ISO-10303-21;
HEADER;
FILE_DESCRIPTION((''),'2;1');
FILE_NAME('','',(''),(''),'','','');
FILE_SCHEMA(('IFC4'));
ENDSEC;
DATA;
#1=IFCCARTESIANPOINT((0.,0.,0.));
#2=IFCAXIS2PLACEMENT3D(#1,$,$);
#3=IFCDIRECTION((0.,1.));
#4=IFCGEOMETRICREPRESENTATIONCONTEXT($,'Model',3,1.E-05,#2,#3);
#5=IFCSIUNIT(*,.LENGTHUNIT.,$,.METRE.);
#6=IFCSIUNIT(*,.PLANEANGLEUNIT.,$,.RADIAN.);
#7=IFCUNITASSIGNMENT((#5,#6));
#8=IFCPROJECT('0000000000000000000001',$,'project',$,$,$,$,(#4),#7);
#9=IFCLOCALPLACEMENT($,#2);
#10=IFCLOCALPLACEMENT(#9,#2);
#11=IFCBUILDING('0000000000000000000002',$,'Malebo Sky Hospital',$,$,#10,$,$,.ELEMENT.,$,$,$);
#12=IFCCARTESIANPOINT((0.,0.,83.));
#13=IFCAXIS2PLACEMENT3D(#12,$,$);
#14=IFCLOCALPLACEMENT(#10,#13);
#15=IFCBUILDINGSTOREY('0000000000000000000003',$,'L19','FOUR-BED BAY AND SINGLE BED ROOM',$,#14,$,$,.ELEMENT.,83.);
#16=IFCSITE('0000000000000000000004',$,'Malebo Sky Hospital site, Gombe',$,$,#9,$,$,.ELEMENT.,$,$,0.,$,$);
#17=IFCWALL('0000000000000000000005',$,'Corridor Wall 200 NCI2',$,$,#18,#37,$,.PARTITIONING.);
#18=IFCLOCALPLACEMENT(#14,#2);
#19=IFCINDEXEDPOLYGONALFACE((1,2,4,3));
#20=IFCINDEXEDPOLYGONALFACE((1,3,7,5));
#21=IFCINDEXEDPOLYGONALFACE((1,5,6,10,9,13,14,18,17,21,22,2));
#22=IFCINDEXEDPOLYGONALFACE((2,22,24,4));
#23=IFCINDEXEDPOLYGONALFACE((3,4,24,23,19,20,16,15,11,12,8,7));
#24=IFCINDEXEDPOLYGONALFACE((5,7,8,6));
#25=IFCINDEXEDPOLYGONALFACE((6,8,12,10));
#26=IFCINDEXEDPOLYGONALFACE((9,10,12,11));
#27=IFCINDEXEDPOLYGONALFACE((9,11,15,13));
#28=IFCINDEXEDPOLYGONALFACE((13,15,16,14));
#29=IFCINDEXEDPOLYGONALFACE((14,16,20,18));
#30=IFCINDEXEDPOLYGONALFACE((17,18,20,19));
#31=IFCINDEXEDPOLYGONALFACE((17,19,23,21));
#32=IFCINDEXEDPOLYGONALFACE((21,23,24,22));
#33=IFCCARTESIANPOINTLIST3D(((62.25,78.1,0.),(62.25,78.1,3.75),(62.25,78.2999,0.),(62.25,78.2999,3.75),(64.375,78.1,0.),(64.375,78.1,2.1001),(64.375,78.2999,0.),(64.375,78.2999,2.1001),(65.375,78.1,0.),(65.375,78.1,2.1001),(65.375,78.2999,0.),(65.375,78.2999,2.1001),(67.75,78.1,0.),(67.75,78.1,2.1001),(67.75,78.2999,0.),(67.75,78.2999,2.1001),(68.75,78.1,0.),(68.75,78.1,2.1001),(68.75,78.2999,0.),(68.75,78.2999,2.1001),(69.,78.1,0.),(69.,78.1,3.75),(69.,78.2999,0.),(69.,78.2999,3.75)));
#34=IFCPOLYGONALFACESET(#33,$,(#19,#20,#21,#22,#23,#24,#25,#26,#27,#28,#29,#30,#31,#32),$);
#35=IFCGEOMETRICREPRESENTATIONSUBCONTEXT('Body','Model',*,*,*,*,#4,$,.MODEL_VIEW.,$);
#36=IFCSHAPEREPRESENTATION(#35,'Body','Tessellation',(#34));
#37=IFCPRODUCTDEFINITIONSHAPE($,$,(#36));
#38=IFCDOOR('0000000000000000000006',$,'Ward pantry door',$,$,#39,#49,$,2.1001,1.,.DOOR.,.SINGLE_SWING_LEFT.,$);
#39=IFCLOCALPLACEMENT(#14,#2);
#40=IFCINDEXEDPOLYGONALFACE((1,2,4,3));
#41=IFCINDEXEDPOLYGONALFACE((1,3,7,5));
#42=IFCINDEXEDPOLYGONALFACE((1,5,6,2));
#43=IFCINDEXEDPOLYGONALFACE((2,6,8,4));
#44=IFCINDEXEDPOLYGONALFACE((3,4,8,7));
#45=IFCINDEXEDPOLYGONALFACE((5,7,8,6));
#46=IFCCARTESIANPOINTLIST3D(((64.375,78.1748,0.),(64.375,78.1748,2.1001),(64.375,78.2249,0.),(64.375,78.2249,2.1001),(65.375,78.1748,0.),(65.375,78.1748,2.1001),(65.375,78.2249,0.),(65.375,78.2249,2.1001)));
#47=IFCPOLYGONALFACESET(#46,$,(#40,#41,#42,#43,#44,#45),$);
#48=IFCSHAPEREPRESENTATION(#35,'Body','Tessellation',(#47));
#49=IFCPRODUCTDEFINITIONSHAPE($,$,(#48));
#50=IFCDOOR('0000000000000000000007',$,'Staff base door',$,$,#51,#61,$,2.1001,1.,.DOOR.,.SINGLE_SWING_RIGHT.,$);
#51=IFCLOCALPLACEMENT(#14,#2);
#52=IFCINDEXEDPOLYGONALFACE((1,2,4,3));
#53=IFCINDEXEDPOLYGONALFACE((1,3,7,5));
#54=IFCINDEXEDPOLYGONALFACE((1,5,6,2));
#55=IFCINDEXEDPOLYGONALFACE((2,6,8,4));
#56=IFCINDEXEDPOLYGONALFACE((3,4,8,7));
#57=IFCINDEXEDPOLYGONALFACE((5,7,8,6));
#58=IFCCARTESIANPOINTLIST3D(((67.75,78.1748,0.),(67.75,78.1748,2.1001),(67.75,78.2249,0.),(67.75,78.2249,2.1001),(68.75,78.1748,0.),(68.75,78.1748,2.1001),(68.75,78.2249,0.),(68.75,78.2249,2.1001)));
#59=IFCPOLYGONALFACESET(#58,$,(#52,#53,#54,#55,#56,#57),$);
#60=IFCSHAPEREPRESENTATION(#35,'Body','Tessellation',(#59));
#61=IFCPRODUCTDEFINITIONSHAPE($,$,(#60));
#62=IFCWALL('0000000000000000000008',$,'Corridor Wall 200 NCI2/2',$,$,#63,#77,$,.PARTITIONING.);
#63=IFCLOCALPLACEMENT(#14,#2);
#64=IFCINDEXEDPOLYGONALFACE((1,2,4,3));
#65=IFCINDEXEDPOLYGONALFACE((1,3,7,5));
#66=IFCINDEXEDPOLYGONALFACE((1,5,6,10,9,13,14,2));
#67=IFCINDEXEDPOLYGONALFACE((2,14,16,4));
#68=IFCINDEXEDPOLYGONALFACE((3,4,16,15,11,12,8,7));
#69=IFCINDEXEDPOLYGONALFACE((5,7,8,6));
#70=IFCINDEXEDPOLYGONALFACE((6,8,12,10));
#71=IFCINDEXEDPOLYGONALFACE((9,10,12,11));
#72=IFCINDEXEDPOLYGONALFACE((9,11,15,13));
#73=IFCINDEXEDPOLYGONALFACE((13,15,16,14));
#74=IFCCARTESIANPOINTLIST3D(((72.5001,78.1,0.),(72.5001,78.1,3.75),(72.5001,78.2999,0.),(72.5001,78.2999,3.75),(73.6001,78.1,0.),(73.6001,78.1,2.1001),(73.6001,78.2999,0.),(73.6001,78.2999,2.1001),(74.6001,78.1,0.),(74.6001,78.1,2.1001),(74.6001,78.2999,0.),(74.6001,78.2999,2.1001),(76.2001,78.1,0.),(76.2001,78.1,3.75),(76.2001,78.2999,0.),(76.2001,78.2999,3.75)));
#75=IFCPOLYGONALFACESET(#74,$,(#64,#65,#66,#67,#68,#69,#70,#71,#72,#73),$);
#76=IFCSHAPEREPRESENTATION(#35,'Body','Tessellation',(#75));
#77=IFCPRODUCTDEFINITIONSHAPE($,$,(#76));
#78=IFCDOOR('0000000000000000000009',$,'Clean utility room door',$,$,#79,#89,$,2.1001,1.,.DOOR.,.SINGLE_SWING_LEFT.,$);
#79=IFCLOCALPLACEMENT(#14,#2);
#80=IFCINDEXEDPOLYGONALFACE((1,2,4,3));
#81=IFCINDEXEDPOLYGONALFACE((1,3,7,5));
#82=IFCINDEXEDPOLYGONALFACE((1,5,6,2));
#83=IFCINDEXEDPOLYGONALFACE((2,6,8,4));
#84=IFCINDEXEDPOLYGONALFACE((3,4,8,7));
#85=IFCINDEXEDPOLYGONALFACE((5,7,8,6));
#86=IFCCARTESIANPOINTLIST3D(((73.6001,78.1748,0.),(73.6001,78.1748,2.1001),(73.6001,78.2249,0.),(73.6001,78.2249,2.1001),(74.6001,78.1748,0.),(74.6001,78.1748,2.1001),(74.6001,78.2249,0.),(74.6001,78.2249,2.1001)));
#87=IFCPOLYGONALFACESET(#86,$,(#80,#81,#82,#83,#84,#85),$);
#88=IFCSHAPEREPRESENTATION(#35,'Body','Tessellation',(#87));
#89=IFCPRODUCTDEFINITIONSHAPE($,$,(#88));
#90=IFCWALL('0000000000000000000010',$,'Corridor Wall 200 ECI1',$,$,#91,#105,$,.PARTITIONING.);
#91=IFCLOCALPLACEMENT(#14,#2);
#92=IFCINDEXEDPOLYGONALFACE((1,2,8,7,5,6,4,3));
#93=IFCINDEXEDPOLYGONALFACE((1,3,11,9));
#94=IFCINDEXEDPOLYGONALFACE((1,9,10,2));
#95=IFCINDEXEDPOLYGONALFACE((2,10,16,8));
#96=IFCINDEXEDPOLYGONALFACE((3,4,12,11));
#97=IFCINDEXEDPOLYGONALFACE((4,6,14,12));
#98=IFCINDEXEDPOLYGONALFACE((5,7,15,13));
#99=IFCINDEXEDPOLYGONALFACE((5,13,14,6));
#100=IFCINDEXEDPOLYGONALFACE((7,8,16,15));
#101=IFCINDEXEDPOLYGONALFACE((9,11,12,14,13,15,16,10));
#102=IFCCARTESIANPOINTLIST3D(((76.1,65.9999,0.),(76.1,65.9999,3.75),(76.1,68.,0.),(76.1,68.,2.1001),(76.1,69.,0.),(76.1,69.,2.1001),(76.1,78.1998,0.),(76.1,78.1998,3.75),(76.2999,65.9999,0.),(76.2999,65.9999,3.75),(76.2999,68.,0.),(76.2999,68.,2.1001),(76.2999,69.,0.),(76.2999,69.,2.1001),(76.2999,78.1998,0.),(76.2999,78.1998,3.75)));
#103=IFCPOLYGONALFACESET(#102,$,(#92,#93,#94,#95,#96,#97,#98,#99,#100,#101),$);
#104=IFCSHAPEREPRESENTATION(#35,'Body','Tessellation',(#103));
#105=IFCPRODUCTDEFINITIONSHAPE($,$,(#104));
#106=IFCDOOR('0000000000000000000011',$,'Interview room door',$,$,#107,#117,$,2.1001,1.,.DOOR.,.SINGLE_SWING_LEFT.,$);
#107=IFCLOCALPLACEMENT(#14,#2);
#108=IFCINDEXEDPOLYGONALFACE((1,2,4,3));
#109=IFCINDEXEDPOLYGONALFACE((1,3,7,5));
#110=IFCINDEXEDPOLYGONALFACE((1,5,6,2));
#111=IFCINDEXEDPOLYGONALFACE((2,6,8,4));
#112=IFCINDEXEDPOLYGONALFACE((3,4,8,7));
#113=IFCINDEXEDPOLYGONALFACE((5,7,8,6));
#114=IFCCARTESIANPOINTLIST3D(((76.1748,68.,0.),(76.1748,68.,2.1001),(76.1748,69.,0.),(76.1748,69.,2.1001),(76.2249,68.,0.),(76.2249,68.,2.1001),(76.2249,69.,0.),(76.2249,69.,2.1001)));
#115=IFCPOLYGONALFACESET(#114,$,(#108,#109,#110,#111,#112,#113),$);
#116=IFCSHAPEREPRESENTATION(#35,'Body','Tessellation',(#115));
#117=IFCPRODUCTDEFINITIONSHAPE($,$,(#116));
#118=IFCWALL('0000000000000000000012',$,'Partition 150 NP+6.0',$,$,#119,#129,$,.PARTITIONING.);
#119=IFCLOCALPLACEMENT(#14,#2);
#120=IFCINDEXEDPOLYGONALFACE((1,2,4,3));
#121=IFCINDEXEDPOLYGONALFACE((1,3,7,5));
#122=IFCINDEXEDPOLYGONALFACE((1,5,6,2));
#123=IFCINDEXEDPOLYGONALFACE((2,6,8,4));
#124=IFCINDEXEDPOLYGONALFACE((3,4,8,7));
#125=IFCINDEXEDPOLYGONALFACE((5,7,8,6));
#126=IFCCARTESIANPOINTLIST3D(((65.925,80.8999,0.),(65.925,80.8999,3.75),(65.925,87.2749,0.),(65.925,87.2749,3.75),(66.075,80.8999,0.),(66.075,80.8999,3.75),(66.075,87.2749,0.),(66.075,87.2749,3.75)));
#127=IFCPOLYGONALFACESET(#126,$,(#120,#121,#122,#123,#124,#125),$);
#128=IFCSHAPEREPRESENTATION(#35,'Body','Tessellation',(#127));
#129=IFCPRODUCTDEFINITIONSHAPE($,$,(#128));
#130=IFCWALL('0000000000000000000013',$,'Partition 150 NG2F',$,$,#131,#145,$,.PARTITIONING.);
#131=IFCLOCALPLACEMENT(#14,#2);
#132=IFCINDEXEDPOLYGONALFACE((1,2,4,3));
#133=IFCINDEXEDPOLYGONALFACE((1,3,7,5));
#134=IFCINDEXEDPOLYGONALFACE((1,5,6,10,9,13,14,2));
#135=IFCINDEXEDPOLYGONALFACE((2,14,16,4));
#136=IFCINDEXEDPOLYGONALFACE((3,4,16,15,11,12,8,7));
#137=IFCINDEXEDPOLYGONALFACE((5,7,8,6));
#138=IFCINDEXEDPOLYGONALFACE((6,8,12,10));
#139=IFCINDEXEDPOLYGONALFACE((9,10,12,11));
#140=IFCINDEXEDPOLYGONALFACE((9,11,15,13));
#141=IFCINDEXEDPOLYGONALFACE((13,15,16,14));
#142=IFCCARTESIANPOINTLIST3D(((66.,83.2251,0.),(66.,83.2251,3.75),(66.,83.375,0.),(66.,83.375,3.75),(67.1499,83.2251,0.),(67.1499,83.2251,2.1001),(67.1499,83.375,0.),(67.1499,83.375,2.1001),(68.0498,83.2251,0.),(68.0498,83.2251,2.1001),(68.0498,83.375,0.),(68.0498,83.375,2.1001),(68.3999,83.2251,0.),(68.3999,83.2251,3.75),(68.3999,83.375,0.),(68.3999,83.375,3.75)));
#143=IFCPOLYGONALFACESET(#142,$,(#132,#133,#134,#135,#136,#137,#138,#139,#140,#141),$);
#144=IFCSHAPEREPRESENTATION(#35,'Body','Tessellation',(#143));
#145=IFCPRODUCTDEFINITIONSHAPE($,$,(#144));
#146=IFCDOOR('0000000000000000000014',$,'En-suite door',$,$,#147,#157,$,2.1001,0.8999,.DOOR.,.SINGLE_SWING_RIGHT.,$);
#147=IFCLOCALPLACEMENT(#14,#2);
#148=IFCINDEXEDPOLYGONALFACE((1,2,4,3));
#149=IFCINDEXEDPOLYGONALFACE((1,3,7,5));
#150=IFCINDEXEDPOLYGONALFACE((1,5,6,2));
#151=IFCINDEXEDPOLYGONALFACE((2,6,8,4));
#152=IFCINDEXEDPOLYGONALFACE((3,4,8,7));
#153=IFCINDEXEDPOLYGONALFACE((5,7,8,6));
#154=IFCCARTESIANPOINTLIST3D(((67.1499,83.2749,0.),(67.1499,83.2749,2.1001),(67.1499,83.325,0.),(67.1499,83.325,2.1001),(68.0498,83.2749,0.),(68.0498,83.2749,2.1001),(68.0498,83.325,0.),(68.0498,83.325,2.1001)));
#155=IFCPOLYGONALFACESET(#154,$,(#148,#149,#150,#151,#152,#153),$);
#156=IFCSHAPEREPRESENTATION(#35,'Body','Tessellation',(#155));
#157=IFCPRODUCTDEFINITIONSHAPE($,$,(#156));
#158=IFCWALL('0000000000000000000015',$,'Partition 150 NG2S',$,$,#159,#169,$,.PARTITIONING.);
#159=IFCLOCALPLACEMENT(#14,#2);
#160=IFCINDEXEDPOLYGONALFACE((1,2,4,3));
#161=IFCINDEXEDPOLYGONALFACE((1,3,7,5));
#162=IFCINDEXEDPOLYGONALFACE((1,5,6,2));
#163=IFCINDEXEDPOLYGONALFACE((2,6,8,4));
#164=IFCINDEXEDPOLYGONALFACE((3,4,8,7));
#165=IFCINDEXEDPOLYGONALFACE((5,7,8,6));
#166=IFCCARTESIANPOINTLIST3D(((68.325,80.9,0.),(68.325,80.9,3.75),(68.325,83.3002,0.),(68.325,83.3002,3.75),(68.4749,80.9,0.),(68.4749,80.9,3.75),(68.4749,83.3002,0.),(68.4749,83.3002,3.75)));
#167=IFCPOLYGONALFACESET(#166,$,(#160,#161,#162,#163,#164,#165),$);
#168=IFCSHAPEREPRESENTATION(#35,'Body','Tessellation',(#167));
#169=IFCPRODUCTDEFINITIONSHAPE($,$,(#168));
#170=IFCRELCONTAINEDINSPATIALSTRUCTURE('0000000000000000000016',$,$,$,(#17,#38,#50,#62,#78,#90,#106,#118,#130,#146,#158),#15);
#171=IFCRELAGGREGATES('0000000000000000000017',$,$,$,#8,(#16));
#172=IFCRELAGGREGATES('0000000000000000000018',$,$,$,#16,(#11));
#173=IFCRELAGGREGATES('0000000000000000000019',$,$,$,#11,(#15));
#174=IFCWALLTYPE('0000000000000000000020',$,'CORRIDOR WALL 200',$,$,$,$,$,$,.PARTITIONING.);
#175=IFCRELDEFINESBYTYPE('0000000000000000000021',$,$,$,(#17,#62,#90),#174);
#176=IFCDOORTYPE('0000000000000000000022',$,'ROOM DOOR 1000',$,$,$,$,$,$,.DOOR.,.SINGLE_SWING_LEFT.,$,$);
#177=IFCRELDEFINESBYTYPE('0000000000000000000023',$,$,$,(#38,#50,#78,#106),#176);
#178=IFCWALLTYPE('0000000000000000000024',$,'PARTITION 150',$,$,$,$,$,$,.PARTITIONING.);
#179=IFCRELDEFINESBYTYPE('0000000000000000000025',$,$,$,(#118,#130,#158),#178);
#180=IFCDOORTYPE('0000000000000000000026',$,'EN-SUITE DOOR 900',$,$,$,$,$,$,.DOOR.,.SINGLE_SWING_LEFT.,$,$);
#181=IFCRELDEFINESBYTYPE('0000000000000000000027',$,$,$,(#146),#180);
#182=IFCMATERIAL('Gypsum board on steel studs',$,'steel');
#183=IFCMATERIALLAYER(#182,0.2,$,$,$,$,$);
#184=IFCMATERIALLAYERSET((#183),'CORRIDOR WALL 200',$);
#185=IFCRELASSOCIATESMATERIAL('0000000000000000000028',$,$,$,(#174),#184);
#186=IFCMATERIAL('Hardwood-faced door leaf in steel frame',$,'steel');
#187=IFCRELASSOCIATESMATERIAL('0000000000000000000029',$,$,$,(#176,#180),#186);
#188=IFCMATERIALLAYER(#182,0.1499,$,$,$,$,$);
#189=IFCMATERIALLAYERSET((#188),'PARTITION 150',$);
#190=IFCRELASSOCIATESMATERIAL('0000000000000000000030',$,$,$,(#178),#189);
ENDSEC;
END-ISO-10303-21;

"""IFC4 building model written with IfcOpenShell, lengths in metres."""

from ifc_helpers import new_model, si_unit, direction, frame, frame_2d, origin, place, context, subcontext, project, spatial, rectangle, extrude, material, layer, layer_set, type_object, element, fill, save


model = new_model("IFC4")

# Units and contexts
model_context = context("Model", 3, precision=1e-05, world=origin(), true_north=direction((0.0, 1.0)))
body_context = subcontext(model_context, "Body", "Model", "MODEL_VIEW")
ifc_project = project(units=[si_unit("LENGTHUNIT", "METRE"), si_unit("PLANEANGLEUNIT", "RADIAN")], contexts=[model_context])

# Site, building, storey
site_placement = place(None, origin())
site = spatial("IfcSite", under=ifc_project, at=site_placement, Name="Malebo Sky Hospital site, Gombe", CompositionType="ELEMENT", RefElevation=0.0)
building_placement = place(site_placement, origin())
building = spatial("IfcBuilding", under=site, at=building_placement, Name="Malebo Sky Hospital", CompositionType="ELEMENT")
storey_placement = place(building_placement, frame((0.0, 0.0, 83.0)))
storey = spatial("IfcBuildingStorey", under=building, at=storey_placement, Name="L19", Description="FOUR-BED BAY AND SINGLE BED ROOM", CompositionType="ELEMENT", Elevation=83.0)

# Wall, openings, doors
ifc_material_1 = material(Name="Gypsum board on steel studs", Category="steel")
ifc_layer_1 = layer(ifc_material_1, 0.2)
ifc_layer_set_1 = layer_set([ifc_layer_1], Name="CORRIDOR WALL 200")
wall_type_1 = type_object("IfcWallType", Name="CORRIDOR WALL 200", PredefinedType="PARTITIONING", material=ifc_layer_set_1)
wall_1_placement = place(storey_placement, frame((62.25, 78.2, 0.0), z_axis=(0.0, 0.0, 1.0), x_axis=(1.0, 0.0, 0.0)))
wall_1 = element("IfcWall", 1, at=wall_1_placement, inside=storey, type_object=wall_type_1, Name="Corridor Wall 200 NCI2", PredefinedType="PARTITIONING", context=body_context, shape_type="SweptSolid", body=[
    extrude(rectangle(XDim=6.75, YDim=0.2, at=frame_2d((3.375, 0.0))), origin(), (0.0, 0.0, 1.0), 3.75),
])
opening_1_placement = place(wall_1_placement, frame((2.125, 0.0, 0.0)))
opening_1 = element("IfcOpeningElement", 2, at=opening_1_placement, cuts=wall_1, PredefinedType="OPENING", context=body_context, shape_type="SweptSolid", body=[
    extrude(rectangle(XDim=1.0, YDim=2.1001, at=frame_2d((0.5, 1.05))), frame((0.0, 0.1099, 0.0), z_axis=(0.0, -1.0, 0.0), x_axis=(1.0, 0.0, 0.0)), (0.0, 0.0, 1.0), 0.22),
])
opening_2_placement = place(wall_1_placement, frame((5.5, 0.0, 0.0)))
opening_2 = element("IfcOpeningElement", 3, at=opening_2_placement, cuts=wall_1, PredefinedType="OPENING", context=body_context, shape_type="SweptSolid", body=[
    extrude(rectangle(XDim=1.0, YDim=2.1001, at=frame_2d((0.5, 1.05))), frame((0.0, 0.1099, 0.0), z_axis=(0.0, -1.0, 0.0), x_axis=(1.0, 0.0, 0.0)), (0.0, 0.0, 1.0), 0.22),
])
ifc_material_2 = material(Name="Hardwood-faced door leaf in steel frame", Category="steel")
door_type_1 = type_object("IfcDoorType", Name="ROOM DOOR 1000", OperationType="SINGLE_SWING_LEFT", PredefinedType="DOOR", material=ifc_material_2)
door_1_placement = place(opening_1_placement, origin())
door_1 = element("IfcDoor", 4, at=door_1_placement, inside=storey, type_object=door_type_1, Name="Ward pantry door", OperationType="SINGLE_SWING_LEFT", OverallHeight=2.1001, OverallWidth=1.0, PredefinedType="DOOR", context=body_context, shape_type="SweptSolid", body=[
    extrude(rectangle(XDim=1.0, YDim=2.1001, at=frame_2d((0.5, 1.05))), frame((0.0, 0.0249, 0.0), z_axis=(0.0, -1.0, 0.0), x_axis=(1.0, 0.0, 0.0)), (0.0, 0.0, 1.0), 0.05),
])
fill(opening_1, door_1)
door_2_placement = place(opening_2_placement, origin())
door_2 = element("IfcDoor", 5, at=door_2_placement, inside=storey, type_object=door_type_1, Name="Staff base door", OperationType="SINGLE_SWING_RIGHT", OverallHeight=2.1001, OverallWidth=1.0, PredefinedType="DOOR", context=body_context, shape_type="SweptSolid", body=[
    extrude(rectangle(XDim=1.0, YDim=2.1001, at=frame_2d((0.5, 1.05))), frame((0.0, 0.0249, 0.0), z_axis=(0.0, -1.0, 0.0), x_axis=(1.0, 0.0, 0.0)), (0.0, 0.0, 1.0), 0.05),
])
fill(opening_2, door_2)

# Walls, openings, doors
wall_2_placement = place(storey_placement, frame((72.5, 78.2, 0.0), z_axis=(0.0, 0.0, 1.0), x_axis=(1.0, 0.0, 0.0)))
wall_2 = element("IfcWall", 6, at=wall_2_placement, inside=storey, type_object=wall_type_1, Name="Corridor Wall 200 NCI2/2", PredefinedType="PARTITIONING", context=body_context, shape_type="SweptSolid", body=[
    extrude(rectangle(XDim=3.7, YDim=0.2, at=frame_2d((1.8501, 0.0))), origin(), (0.0, 0.0, 1.0), 3.75),
])
opening_3_placement = place(wall_2_placement, frame((1.1001, 0.0, 0.0)))
opening_3 = element("IfcOpeningElement", 7, at=opening_3_placement, cuts=wall_2, PredefinedType="OPENING", context=body_context, shape_type="SweptSolid", body=[
    extrude(rectangle(XDim=1.0, YDim=2.1001, at=frame_2d((0.5, 1.05))), frame((0.0, 0.1099, 0.0), z_axis=(0.0, -1.0, 0.0), x_axis=(1.0, 0.0, 0.0)), (0.0, 0.0, 1.0), 0.22),
])
door_3_placement = place(opening_3_placement, origin())
door_3 = element("IfcDoor", 8, at=door_3_placement, inside=storey, type_object=door_type_1, Name="Clean utility room door", OperationType="SINGLE_SWING_LEFT", OverallHeight=2.1001, OverallWidth=1.0, PredefinedType="DOOR", context=body_context, shape_type="SweptSolid", body=[
    extrude(rectangle(XDim=1.0, YDim=2.1001, at=frame_2d((0.5, 1.05))), frame((0.0, 0.0249, 0.0), z_axis=(0.0, -1.0, 0.0), x_axis=(1.0, 0.0, 0.0)), (0.0, 0.0, 1.0), 0.05),
])
fill(opening_3, door_3)
wall_3_placement = place(storey_placement, frame((76.2, 78.2, 0.0), z_axis=(0.0, 0.0, 1.0), x_axis=(0.0, -1.0, 0.0)))
wall_3 = element("IfcWall", 9, at=wall_3_placement, inside=storey, type_object=wall_type_1, Name="Corridor Wall 200 ECI1", PredefinedType="PARTITIONING", context=body_context, shape_type="SweptSolid", body=[
    extrude(rectangle(XDim=12.2, YDim=0.2, at=frame_2d((6.1001, 0.0))), origin(), (0.0, 0.0, 1.0), 3.75),
])
opening_4_placement = place(wall_3_placement, frame((9.2, 0.0, 0.0)))
opening_4 = element("IfcOpeningElement", 10, at=opening_4_placement, cuts=wall_3, PredefinedType="OPENING", context=body_context, shape_type="SweptSolid", body=[
    extrude(rectangle(XDim=1.0, YDim=2.1001, at=frame_2d((0.5, 1.05))), frame((0.0, 0.1099, 0.0), z_axis=(0.0, -1.0, 0.0), x_axis=(1.0, 0.0, 0.0)), (0.0, 0.0, 1.0), 0.22),
])
door_4_placement = place(opening_4_placement, origin())
door_4 = element("IfcDoor", 11, at=door_4_placement, inside=storey, type_object=door_type_1, Name="Interview room door", OperationType="SINGLE_SWING_LEFT", OverallHeight=2.1001, OverallWidth=1.0, PredefinedType="DOOR", context=body_context, shape_type="SweptSolid", body=[
    extrude(rectangle(XDim=1.0, YDim=2.1001, at=frame_2d((0.5, 1.05))), frame((0.0, 0.0249, 0.0), z_axis=(0.0, -1.0, 0.0), x_axis=(1.0, 0.0, 0.0)), (0.0, 0.0, 1.0), 0.05),
])
fill(opening_4, door_4)

# Wall
ifc_layer_2 = layer(ifc_material_1, 0.1499)
ifc_layer_set_2 = layer_set([ifc_layer_2], Name="PARTITION 150")
wall_type_2 = type_object("IfcWallType", Name="PARTITION 150", PredefinedType="PARTITIONING", material=ifc_layer_set_2)
wall_4_placement = place(storey_placement, frame((66.0, 80.8999, 0.0), z_axis=(0.0, 0.0, 1.0), x_axis=(0.0, 1.0, 0.0)))
element("IfcWall", 12, at=wall_4_placement, inside=storey, type_object=wall_type_2, Name="Partition 150 NP+6.0", PredefinedType="PARTITIONING", context=body_context, shape_type="SweptSolid", body=[
    extrude(rectangle(XDim=6.375, YDim=0.1499, at=frame_2d((3.1875, 0.0))), origin(), (0.0, 0.0, 1.0), 3.75),
])

# Wall, opening, door
wall_5_placement = place(storey_placement, frame((66.0, 83.3, 0.0), z_axis=(0.0, 0.0, 1.0), x_axis=(1.0, 0.0, 0.0)))
wall_5 = element("IfcWall", 13, at=wall_5_placement, inside=storey, type_object=wall_type_2, Name="Partition 150 NG2F", PredefinedType="PARTITIONING", context=body_context, shape_type="SweptSolid", body=[
    extrude(rectangle(XDim=2.3999, YDim=0.1499, at=frame_2d((1.2, 0.0))), origin(), (0.0, 0.0, 1.0), 3.75),
])
opening_5_placement = place(wall_5_placement, frame((1.1499, 0.0, 0.0)))
opening_5 = element("IfcOpeningElement", 14, at=opening_5_placement, cuts=wall_5, PredefinedType="OPENING", context=body_context, shape_type="SweptSolid", body=[
    extrude(rectangle(XDim=0.8999, YDim=2.1001, at=frame_2d((0.45, 1.05))), frame((0.0, 0.085, 0.0), z_axis=(0.0, -1.0, 0.0), x_axis=(1.0, 0.0, 0.0)), (0.0, 0.0, 1.0), 0.1699),
])
door_type_2 = type_object("IfcDoorType", Name="EN-SUITE DOOR 900", OperationType="SINGLE_SWING_LEFT", PredefinedType="DOOR", material=ifc_material_2)
door_5_placement = place(opening_5_placement, origin())
door_5 = element("IfcDoor", 15, at=door_5_placement, inside=storey, type_object=door_type_2, Name="En-suite door", OperationType="SINGLE_SWING_RIGHT", OverallHeight=2.1001, OverallWidth=0.8999, PredefinedType="DOOR", context=body_context, shape_type="SweptSolid", body=[
    extrude(rectangle(XDim=0.8999, YDim=2.1001, at=frame_2d((0.45, 1.05))), frame((0.0, 0.0249, 0.0), z_axis=(0.0, -1.0, 0.0), x_axis=(1.0, 0.0, 0.0)), (0.0, 0.0, 1.0), 0.05),
])
fill(opening_5, door_5)

# Wall
wall_6_placement = place(storey_placement, frame((68.3999, 80.8999, 0.0), z_axis=(0.0, 0.0, 1.0), x_axis=(0.0, 1.0, 0.0)))
element("IfcWall", 16, at=wall_6_placement, inside=storey, type_object=wall_type_2, Name="Partition 150 NG2S", PredefinedType="PARTITIONING", context=body_context, shape_type="SweptSolid", body=[
    extrude(rectangle(XDim=2.4001, YDim=0.1499, at=frame_2d((1.2002, 0.0))), origin(), (0.0, 0.0, 1.0), 3.75),
])

save(model, "model.ifc")
